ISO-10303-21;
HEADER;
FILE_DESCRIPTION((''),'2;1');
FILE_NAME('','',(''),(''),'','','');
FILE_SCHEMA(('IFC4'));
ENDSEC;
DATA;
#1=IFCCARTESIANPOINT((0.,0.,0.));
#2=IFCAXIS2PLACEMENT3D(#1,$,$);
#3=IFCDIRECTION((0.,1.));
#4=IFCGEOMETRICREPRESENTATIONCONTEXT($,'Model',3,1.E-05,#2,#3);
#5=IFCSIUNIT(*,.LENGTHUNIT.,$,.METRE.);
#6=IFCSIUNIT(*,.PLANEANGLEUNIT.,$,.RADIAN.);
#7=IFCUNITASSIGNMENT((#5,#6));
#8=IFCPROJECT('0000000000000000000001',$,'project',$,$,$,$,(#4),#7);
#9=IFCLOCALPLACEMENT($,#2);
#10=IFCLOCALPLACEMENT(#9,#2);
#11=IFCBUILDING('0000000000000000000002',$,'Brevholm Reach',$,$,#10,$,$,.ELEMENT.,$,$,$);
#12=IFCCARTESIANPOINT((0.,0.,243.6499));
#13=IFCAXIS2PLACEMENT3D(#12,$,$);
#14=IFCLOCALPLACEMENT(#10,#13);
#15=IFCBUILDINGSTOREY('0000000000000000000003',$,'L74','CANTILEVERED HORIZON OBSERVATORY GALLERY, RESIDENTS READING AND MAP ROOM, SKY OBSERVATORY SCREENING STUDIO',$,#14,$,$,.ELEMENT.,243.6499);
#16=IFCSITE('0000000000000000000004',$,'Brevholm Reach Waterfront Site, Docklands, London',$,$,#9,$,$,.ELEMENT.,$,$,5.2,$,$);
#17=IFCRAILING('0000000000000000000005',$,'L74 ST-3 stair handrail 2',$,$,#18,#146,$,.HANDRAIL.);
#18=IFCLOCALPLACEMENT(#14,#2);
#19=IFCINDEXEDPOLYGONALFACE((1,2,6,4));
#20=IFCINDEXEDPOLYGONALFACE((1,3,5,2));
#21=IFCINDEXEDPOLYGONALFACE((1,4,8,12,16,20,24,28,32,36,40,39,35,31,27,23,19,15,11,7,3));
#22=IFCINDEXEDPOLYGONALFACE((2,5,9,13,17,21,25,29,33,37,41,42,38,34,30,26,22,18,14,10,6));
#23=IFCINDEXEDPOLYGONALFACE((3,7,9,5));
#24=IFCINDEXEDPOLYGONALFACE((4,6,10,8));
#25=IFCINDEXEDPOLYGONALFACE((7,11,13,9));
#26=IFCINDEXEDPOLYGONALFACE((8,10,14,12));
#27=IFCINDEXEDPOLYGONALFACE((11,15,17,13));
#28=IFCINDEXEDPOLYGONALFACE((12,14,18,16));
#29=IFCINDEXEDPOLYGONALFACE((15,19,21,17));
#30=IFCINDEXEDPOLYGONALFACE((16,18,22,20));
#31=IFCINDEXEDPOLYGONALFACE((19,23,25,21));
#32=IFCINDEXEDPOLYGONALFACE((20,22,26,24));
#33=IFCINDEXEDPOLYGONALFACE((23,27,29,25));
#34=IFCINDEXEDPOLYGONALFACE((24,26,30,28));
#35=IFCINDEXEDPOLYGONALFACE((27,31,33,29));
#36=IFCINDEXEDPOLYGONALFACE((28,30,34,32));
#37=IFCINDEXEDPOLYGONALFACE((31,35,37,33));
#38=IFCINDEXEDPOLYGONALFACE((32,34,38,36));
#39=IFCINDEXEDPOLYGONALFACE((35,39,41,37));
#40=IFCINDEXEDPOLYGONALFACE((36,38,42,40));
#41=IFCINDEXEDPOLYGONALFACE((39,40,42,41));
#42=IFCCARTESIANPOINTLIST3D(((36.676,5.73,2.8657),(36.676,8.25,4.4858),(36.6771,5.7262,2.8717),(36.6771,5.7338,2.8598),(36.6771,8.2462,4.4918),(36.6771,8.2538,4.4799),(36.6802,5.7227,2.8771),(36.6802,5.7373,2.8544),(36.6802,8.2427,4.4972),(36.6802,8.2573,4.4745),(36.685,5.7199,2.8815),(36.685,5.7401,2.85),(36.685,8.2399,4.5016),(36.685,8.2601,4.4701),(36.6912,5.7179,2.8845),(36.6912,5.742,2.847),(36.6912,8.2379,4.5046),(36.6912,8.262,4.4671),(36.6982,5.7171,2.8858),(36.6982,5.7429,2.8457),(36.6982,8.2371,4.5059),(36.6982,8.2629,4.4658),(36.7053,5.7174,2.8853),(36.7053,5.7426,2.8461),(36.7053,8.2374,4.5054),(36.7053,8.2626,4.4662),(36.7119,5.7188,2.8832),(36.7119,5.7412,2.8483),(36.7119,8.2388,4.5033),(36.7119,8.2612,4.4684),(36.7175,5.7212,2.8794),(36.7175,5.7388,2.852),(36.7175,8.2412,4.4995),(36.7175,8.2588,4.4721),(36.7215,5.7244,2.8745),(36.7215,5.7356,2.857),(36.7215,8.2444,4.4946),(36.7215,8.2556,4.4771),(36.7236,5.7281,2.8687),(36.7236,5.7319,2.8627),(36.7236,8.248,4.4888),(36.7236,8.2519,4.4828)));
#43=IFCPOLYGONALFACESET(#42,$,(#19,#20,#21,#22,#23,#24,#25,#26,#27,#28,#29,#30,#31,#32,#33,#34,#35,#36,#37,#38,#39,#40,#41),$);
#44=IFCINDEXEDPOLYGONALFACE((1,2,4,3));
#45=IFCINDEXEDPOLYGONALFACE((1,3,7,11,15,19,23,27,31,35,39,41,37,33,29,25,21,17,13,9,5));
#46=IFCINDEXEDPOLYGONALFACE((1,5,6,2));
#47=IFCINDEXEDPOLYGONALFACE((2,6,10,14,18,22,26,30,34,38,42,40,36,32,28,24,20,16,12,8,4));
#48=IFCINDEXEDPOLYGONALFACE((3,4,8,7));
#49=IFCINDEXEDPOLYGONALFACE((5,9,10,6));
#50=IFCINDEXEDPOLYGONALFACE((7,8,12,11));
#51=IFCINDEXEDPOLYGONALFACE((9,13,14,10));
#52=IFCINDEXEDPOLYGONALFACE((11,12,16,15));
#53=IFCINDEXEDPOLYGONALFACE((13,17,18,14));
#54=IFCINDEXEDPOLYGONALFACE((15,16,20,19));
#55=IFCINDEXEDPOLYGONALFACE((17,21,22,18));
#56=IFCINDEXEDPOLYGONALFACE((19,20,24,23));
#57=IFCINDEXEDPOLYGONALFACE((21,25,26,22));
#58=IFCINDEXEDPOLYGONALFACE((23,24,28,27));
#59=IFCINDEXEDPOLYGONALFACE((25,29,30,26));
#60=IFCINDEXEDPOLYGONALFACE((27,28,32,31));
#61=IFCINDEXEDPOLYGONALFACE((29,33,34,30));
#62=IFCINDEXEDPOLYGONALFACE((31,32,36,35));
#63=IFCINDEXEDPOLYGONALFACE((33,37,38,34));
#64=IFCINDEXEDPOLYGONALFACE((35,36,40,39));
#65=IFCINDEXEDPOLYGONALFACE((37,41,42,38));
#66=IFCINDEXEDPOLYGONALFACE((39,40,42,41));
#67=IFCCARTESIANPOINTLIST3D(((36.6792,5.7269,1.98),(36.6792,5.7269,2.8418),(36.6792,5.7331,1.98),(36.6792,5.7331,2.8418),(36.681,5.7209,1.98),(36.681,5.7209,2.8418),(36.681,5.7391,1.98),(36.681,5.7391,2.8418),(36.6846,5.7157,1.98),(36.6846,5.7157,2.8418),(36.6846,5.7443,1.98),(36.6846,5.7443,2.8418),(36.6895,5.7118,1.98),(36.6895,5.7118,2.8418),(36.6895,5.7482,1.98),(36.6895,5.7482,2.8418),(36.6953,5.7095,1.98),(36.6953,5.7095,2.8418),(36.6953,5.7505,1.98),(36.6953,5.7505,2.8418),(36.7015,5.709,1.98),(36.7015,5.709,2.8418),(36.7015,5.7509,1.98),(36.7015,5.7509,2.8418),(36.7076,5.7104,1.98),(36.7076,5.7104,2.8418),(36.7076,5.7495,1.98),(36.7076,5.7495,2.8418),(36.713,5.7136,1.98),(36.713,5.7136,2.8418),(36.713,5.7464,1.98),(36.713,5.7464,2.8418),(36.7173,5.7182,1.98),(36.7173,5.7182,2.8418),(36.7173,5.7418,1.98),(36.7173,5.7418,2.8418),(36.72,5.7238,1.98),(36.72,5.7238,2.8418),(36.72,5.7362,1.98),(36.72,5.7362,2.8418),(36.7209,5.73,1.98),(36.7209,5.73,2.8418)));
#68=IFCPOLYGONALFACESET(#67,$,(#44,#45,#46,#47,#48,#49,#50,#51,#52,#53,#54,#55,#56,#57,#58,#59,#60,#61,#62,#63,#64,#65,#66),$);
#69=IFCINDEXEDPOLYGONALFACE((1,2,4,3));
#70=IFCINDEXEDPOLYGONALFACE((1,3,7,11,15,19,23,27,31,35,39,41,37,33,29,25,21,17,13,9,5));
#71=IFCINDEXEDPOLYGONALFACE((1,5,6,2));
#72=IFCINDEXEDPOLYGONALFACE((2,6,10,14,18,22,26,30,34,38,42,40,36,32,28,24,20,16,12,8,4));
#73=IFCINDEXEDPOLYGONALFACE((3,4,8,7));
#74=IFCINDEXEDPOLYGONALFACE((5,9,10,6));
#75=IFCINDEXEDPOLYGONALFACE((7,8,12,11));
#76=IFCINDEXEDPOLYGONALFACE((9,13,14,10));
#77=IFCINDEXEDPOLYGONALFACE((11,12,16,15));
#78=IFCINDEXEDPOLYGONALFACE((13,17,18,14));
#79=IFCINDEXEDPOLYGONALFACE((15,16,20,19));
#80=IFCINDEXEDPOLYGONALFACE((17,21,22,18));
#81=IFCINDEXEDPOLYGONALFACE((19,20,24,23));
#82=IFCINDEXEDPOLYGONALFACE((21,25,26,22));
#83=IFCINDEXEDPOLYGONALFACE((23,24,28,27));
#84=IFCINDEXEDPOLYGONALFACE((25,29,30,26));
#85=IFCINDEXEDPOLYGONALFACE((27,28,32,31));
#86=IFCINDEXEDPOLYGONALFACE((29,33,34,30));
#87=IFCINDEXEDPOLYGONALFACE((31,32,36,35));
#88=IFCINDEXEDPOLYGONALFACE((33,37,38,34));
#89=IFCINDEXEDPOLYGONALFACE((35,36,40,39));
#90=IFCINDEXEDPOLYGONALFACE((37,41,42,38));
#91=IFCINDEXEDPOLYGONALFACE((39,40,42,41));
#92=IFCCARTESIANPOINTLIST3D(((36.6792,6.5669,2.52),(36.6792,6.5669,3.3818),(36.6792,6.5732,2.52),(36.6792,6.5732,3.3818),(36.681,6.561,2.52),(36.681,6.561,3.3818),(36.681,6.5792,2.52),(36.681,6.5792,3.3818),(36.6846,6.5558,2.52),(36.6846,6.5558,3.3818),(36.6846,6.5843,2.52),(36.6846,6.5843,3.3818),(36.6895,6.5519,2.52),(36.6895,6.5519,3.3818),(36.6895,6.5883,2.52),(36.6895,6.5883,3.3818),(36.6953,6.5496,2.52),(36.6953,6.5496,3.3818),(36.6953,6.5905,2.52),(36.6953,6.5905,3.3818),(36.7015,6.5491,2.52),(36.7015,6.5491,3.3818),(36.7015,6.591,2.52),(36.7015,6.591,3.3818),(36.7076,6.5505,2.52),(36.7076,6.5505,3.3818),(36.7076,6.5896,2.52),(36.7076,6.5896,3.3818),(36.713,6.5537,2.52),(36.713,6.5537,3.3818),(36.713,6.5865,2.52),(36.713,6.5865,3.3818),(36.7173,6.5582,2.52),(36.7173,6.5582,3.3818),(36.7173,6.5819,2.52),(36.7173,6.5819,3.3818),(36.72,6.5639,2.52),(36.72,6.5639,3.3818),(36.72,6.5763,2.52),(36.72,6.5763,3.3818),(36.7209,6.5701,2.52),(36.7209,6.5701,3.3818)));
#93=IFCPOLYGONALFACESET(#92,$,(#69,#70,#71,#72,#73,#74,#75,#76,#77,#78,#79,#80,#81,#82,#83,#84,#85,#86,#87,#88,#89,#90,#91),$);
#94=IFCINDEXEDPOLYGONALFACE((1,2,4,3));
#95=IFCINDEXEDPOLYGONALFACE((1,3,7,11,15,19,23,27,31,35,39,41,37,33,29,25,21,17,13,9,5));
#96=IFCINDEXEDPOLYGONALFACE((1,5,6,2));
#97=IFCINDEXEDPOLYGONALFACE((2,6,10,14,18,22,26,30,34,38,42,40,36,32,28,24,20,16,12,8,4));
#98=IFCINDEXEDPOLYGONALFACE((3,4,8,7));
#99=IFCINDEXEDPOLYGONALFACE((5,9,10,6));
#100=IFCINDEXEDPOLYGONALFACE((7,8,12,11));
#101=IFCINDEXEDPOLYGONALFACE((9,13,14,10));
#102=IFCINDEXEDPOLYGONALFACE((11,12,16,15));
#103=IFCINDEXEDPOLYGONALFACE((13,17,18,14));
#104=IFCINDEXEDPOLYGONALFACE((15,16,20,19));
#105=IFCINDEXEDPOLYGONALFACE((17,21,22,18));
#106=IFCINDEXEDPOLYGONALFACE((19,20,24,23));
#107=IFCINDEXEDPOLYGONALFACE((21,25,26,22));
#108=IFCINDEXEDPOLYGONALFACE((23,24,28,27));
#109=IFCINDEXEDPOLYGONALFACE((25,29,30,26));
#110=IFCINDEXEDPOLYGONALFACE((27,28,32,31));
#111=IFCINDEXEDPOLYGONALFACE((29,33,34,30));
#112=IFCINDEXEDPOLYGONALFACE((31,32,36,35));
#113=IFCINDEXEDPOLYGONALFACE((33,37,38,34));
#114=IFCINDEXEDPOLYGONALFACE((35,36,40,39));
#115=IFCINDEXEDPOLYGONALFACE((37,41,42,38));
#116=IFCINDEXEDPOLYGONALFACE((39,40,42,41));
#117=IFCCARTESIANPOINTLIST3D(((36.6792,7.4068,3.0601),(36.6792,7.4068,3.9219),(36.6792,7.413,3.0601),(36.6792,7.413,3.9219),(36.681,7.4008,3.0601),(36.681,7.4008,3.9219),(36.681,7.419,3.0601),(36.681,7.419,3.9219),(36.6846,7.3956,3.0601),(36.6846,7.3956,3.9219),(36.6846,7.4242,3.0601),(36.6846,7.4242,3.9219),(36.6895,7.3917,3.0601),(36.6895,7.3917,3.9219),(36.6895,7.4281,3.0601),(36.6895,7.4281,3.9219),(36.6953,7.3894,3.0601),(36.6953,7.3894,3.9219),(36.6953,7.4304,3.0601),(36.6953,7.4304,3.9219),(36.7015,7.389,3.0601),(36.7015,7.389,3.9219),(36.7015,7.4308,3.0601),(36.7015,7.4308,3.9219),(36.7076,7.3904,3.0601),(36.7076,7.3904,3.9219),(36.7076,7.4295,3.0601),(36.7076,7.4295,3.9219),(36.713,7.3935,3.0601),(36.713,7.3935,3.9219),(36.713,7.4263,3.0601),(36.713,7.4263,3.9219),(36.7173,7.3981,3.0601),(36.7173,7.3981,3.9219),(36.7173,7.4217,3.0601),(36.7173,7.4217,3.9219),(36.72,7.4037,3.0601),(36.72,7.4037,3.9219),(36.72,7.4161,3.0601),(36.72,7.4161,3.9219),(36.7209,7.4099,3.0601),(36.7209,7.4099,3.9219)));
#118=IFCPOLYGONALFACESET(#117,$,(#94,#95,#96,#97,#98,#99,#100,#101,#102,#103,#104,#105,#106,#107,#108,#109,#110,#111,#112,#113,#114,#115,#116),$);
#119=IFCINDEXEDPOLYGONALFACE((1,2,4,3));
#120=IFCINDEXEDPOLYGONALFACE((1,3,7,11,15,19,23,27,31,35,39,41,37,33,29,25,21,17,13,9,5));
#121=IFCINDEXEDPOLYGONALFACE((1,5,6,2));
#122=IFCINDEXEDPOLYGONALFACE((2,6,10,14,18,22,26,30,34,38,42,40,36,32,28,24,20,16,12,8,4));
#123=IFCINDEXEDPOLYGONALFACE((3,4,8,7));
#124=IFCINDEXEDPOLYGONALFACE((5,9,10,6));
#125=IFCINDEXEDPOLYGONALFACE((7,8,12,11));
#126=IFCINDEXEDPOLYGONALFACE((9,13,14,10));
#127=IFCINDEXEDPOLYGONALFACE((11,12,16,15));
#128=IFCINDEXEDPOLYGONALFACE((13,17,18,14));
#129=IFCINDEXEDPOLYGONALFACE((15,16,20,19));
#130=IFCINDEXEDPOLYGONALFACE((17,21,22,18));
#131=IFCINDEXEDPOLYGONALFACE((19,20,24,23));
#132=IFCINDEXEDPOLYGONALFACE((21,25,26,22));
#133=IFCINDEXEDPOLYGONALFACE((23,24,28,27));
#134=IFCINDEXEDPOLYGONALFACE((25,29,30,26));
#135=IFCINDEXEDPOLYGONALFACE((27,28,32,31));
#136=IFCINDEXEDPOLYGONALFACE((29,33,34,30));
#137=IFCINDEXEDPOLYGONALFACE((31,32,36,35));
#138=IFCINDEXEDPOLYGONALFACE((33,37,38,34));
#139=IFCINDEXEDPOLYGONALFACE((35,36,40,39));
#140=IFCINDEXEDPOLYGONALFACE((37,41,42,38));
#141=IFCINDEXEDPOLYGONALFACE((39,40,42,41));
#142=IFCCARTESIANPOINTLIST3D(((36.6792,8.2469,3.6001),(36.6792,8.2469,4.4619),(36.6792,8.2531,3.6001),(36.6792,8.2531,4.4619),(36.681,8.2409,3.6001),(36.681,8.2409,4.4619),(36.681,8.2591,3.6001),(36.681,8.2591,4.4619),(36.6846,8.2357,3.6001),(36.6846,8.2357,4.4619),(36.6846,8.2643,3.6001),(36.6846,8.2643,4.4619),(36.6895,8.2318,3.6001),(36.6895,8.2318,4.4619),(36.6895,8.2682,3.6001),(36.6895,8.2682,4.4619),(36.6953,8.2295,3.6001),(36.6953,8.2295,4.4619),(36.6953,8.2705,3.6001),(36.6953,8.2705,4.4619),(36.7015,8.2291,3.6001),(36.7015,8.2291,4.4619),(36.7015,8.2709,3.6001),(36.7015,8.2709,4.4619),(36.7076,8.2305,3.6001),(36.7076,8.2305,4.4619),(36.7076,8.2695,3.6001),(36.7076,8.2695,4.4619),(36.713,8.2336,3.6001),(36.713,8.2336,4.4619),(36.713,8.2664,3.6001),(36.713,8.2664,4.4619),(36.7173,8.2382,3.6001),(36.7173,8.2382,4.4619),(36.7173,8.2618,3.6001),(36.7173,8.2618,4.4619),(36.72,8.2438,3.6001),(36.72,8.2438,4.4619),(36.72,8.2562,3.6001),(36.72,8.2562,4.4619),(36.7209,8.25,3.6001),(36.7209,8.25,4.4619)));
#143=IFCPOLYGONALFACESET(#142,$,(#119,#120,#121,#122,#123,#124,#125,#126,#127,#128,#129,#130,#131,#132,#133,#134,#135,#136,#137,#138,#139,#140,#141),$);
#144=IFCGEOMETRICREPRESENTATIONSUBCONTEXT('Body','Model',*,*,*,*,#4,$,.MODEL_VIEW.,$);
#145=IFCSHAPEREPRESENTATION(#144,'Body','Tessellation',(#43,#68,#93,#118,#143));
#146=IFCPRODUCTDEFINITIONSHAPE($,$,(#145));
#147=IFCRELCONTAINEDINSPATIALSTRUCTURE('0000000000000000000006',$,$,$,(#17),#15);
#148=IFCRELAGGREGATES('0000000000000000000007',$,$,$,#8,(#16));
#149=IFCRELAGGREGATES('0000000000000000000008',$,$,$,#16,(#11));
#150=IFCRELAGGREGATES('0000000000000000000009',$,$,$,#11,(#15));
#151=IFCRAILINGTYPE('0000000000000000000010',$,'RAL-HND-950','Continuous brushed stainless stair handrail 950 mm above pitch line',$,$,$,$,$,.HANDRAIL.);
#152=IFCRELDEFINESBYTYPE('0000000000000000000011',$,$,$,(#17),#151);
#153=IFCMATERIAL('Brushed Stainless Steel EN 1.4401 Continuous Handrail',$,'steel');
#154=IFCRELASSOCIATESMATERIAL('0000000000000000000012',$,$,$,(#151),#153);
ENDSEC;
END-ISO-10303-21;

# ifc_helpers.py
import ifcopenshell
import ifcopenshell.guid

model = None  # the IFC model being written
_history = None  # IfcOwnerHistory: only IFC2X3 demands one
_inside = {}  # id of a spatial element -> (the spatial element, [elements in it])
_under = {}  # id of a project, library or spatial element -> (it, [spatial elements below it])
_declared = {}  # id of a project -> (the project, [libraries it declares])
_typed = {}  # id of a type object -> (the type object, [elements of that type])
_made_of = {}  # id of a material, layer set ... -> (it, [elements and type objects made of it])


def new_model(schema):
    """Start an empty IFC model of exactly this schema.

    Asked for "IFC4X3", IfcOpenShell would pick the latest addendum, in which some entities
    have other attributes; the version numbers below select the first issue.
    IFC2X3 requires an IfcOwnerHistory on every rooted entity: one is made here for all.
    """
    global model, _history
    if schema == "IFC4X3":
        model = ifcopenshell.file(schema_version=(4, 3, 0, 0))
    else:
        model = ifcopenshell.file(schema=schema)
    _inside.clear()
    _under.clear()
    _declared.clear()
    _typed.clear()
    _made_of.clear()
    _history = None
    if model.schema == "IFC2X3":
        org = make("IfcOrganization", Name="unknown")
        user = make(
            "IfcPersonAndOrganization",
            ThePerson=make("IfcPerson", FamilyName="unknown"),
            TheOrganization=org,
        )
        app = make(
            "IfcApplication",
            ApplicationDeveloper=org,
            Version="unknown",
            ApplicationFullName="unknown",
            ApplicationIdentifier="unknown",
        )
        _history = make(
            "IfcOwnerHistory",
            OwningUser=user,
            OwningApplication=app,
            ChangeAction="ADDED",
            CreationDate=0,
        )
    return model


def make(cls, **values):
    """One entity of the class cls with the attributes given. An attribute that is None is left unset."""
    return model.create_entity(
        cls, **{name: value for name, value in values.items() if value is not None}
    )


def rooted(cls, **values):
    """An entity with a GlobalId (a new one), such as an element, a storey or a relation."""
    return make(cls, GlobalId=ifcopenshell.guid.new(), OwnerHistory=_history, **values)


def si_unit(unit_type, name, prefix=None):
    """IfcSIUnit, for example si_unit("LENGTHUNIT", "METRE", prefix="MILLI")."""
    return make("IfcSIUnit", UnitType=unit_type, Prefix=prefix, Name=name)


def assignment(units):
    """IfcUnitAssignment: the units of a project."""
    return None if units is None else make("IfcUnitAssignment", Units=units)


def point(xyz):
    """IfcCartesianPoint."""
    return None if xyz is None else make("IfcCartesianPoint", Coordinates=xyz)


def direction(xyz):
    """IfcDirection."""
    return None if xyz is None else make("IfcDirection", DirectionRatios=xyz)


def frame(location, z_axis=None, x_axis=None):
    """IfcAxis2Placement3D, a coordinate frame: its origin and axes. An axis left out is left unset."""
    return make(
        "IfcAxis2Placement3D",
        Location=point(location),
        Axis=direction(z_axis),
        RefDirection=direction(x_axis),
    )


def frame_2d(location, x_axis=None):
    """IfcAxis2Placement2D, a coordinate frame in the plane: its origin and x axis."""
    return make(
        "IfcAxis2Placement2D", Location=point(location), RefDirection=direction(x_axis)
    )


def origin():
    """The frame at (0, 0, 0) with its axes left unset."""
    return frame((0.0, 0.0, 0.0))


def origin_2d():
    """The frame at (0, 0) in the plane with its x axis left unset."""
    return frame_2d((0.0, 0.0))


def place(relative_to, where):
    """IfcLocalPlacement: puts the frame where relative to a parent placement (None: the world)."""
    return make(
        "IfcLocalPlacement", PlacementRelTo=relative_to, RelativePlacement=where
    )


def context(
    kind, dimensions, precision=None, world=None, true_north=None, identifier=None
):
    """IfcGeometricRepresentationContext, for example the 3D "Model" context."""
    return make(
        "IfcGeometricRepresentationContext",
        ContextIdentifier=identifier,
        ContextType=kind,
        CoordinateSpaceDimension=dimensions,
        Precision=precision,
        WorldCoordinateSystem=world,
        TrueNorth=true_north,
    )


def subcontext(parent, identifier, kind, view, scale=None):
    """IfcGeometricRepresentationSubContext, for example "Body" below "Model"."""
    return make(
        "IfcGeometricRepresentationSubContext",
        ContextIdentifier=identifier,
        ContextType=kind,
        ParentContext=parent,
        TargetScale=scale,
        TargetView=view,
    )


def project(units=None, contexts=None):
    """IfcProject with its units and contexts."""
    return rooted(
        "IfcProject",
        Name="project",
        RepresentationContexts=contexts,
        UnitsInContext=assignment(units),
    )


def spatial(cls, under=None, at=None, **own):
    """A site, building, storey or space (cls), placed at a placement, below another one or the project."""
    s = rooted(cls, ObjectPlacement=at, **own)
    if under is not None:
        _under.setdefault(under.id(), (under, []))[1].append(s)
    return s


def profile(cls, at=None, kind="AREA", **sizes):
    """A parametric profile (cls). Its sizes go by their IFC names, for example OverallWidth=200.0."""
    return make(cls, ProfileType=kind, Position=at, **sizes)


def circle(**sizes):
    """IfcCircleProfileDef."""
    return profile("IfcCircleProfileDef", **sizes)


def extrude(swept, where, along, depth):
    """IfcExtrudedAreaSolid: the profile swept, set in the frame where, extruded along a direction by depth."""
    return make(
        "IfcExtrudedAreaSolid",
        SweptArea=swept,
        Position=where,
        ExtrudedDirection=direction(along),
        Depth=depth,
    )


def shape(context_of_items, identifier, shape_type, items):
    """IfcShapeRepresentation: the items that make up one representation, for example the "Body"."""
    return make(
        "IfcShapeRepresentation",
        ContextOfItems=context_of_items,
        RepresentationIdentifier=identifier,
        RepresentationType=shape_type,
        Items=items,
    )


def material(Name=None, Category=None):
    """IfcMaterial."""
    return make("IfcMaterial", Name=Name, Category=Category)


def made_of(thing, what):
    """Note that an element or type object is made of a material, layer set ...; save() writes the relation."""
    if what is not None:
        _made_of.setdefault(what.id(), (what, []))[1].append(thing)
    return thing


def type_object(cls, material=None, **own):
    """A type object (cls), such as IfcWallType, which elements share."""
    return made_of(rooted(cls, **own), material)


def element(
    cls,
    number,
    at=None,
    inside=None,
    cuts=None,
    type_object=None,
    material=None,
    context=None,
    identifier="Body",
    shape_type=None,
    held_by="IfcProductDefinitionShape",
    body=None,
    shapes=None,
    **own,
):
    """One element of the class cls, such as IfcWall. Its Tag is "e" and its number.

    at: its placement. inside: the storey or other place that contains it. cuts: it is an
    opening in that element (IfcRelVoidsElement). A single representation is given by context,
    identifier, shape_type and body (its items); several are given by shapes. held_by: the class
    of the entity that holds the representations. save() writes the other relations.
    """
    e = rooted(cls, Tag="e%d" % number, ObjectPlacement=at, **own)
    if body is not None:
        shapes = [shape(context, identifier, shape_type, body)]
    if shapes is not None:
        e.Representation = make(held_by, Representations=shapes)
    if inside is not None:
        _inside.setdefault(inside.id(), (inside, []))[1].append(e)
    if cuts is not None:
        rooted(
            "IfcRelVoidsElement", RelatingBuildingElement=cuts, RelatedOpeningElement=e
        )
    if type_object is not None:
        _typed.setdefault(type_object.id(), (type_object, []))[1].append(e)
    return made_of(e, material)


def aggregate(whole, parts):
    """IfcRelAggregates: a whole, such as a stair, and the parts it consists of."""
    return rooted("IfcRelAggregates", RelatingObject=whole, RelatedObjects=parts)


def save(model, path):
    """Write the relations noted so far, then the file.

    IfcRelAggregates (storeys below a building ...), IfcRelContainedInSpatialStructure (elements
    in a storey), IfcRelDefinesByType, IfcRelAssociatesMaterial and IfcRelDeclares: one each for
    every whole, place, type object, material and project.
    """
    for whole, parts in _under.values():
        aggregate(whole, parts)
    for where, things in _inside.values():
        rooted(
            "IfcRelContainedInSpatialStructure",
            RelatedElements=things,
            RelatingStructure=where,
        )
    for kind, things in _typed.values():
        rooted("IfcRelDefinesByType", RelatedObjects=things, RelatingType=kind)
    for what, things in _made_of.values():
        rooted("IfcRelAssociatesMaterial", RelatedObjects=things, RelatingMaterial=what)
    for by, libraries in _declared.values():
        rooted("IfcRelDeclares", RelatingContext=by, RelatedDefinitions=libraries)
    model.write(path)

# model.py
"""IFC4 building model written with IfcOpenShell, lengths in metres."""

from ifc_helpers import new_model, si_unit, direction, frame, origin, origin_2d, place, context, subcontext, project, spatial, circle, extrude, material, type_object, element, save


model = new_model("IFC4")

# Units and contexts
model_context = context("Model", 3, precision=1e-05, world=origin(), true_north=direction((0.0, 1.0)))
body_context = subcontext(model_context, "Body", "Model", "MODEL_VIEW")
ifc_project = project(units=[si_unit("LENGTHUNIT", "METRE"), si_unit("PLANEANGLEUNIT", "RADIAN")], contexts=[model_context])

# Site, building, storey
site_placement = place(None, origin())
site = spatial("IfcSite", under=ifc_project, at=site_placement, Name="Brevholm Reach Waterfront Site, Docklands, London", CompositionType="ELEMENT", RefElevation=5.2)
building_placement = place(site_placement, origin())
building = spatial("IfcBuilding", under=site, at=building_placement, Name="Brevholm Reach", CompositionType="ELEMENT")
storey_placement = place(building_placement, frame((0.0, 0.0, 243.6499)))
storey = spatial("IfcBuildingStorey", under=building, at=storey_placement, Name="L74", Description="CANTILEVERED HORIZON OBSERVATORY GALLERY, RESIDENTS READING AND MAP ROOM, SKY OBSERVATORY SCREENING STUDIO", CompositionType="ELEMENT", Elevation=243.6499)

# Railing
ifc_material_1 = material(Name="Brushed Stainless Steel EN 1.4401 Continuous Handrail", Category="steel")
railing_type_1 = type_object("IfcRailingType", Name="RAL-HND-950", Description="Continuous brushed stainless stair handrail 950 mm above pitch line", PredefinedType="HANDRAIL", material=ifc_material_1)
railing_1_placement = place(storey_placement, frame((36.7, 5.73, 1.98)))
element("IfcRailing", 1, at=railing_1_placement, inside=storey, type_object=railing_type_1, Name="L74 ST-3 stair handrail 2", PredefinedType="HANDRAIL", context=body_context, shape_type="SweptSolid", body=[
    extrude(circle(Radius=0.0239, at=origin_2d()), frame((0.0, 0.0, 0.8857), z_axis=(0.0, 0.841163, 0.540782), x_axis=(-1.0, 0.0, 0.0)), (0.0, 0.0, 1.0), 2.9958),
    extrude(circle(Radius=0.021, at=origin_2d()), origin(), (0.0, 0.0, 1.0), 0.8618),
    extrude(circle(Radius=0.021, at=origin_2d()), frame((0.0, 0.8401, 0.54)), (0.0, 0.0, 1.0), 0.8618),
    extrude(circle(Radius=0.021, at=origin_2d()), frame((0.0, 1.6799, 1.0801)), (0.0, 0.0, 1.0), 0.8618),
    extrude(circle(Radius=0.021, at=origin_2d()), frame((0.0, 2.52, 1.6201)), (0.0, 0.0, 1.0), 0.8618),
])

save(model, "model.ifc")
